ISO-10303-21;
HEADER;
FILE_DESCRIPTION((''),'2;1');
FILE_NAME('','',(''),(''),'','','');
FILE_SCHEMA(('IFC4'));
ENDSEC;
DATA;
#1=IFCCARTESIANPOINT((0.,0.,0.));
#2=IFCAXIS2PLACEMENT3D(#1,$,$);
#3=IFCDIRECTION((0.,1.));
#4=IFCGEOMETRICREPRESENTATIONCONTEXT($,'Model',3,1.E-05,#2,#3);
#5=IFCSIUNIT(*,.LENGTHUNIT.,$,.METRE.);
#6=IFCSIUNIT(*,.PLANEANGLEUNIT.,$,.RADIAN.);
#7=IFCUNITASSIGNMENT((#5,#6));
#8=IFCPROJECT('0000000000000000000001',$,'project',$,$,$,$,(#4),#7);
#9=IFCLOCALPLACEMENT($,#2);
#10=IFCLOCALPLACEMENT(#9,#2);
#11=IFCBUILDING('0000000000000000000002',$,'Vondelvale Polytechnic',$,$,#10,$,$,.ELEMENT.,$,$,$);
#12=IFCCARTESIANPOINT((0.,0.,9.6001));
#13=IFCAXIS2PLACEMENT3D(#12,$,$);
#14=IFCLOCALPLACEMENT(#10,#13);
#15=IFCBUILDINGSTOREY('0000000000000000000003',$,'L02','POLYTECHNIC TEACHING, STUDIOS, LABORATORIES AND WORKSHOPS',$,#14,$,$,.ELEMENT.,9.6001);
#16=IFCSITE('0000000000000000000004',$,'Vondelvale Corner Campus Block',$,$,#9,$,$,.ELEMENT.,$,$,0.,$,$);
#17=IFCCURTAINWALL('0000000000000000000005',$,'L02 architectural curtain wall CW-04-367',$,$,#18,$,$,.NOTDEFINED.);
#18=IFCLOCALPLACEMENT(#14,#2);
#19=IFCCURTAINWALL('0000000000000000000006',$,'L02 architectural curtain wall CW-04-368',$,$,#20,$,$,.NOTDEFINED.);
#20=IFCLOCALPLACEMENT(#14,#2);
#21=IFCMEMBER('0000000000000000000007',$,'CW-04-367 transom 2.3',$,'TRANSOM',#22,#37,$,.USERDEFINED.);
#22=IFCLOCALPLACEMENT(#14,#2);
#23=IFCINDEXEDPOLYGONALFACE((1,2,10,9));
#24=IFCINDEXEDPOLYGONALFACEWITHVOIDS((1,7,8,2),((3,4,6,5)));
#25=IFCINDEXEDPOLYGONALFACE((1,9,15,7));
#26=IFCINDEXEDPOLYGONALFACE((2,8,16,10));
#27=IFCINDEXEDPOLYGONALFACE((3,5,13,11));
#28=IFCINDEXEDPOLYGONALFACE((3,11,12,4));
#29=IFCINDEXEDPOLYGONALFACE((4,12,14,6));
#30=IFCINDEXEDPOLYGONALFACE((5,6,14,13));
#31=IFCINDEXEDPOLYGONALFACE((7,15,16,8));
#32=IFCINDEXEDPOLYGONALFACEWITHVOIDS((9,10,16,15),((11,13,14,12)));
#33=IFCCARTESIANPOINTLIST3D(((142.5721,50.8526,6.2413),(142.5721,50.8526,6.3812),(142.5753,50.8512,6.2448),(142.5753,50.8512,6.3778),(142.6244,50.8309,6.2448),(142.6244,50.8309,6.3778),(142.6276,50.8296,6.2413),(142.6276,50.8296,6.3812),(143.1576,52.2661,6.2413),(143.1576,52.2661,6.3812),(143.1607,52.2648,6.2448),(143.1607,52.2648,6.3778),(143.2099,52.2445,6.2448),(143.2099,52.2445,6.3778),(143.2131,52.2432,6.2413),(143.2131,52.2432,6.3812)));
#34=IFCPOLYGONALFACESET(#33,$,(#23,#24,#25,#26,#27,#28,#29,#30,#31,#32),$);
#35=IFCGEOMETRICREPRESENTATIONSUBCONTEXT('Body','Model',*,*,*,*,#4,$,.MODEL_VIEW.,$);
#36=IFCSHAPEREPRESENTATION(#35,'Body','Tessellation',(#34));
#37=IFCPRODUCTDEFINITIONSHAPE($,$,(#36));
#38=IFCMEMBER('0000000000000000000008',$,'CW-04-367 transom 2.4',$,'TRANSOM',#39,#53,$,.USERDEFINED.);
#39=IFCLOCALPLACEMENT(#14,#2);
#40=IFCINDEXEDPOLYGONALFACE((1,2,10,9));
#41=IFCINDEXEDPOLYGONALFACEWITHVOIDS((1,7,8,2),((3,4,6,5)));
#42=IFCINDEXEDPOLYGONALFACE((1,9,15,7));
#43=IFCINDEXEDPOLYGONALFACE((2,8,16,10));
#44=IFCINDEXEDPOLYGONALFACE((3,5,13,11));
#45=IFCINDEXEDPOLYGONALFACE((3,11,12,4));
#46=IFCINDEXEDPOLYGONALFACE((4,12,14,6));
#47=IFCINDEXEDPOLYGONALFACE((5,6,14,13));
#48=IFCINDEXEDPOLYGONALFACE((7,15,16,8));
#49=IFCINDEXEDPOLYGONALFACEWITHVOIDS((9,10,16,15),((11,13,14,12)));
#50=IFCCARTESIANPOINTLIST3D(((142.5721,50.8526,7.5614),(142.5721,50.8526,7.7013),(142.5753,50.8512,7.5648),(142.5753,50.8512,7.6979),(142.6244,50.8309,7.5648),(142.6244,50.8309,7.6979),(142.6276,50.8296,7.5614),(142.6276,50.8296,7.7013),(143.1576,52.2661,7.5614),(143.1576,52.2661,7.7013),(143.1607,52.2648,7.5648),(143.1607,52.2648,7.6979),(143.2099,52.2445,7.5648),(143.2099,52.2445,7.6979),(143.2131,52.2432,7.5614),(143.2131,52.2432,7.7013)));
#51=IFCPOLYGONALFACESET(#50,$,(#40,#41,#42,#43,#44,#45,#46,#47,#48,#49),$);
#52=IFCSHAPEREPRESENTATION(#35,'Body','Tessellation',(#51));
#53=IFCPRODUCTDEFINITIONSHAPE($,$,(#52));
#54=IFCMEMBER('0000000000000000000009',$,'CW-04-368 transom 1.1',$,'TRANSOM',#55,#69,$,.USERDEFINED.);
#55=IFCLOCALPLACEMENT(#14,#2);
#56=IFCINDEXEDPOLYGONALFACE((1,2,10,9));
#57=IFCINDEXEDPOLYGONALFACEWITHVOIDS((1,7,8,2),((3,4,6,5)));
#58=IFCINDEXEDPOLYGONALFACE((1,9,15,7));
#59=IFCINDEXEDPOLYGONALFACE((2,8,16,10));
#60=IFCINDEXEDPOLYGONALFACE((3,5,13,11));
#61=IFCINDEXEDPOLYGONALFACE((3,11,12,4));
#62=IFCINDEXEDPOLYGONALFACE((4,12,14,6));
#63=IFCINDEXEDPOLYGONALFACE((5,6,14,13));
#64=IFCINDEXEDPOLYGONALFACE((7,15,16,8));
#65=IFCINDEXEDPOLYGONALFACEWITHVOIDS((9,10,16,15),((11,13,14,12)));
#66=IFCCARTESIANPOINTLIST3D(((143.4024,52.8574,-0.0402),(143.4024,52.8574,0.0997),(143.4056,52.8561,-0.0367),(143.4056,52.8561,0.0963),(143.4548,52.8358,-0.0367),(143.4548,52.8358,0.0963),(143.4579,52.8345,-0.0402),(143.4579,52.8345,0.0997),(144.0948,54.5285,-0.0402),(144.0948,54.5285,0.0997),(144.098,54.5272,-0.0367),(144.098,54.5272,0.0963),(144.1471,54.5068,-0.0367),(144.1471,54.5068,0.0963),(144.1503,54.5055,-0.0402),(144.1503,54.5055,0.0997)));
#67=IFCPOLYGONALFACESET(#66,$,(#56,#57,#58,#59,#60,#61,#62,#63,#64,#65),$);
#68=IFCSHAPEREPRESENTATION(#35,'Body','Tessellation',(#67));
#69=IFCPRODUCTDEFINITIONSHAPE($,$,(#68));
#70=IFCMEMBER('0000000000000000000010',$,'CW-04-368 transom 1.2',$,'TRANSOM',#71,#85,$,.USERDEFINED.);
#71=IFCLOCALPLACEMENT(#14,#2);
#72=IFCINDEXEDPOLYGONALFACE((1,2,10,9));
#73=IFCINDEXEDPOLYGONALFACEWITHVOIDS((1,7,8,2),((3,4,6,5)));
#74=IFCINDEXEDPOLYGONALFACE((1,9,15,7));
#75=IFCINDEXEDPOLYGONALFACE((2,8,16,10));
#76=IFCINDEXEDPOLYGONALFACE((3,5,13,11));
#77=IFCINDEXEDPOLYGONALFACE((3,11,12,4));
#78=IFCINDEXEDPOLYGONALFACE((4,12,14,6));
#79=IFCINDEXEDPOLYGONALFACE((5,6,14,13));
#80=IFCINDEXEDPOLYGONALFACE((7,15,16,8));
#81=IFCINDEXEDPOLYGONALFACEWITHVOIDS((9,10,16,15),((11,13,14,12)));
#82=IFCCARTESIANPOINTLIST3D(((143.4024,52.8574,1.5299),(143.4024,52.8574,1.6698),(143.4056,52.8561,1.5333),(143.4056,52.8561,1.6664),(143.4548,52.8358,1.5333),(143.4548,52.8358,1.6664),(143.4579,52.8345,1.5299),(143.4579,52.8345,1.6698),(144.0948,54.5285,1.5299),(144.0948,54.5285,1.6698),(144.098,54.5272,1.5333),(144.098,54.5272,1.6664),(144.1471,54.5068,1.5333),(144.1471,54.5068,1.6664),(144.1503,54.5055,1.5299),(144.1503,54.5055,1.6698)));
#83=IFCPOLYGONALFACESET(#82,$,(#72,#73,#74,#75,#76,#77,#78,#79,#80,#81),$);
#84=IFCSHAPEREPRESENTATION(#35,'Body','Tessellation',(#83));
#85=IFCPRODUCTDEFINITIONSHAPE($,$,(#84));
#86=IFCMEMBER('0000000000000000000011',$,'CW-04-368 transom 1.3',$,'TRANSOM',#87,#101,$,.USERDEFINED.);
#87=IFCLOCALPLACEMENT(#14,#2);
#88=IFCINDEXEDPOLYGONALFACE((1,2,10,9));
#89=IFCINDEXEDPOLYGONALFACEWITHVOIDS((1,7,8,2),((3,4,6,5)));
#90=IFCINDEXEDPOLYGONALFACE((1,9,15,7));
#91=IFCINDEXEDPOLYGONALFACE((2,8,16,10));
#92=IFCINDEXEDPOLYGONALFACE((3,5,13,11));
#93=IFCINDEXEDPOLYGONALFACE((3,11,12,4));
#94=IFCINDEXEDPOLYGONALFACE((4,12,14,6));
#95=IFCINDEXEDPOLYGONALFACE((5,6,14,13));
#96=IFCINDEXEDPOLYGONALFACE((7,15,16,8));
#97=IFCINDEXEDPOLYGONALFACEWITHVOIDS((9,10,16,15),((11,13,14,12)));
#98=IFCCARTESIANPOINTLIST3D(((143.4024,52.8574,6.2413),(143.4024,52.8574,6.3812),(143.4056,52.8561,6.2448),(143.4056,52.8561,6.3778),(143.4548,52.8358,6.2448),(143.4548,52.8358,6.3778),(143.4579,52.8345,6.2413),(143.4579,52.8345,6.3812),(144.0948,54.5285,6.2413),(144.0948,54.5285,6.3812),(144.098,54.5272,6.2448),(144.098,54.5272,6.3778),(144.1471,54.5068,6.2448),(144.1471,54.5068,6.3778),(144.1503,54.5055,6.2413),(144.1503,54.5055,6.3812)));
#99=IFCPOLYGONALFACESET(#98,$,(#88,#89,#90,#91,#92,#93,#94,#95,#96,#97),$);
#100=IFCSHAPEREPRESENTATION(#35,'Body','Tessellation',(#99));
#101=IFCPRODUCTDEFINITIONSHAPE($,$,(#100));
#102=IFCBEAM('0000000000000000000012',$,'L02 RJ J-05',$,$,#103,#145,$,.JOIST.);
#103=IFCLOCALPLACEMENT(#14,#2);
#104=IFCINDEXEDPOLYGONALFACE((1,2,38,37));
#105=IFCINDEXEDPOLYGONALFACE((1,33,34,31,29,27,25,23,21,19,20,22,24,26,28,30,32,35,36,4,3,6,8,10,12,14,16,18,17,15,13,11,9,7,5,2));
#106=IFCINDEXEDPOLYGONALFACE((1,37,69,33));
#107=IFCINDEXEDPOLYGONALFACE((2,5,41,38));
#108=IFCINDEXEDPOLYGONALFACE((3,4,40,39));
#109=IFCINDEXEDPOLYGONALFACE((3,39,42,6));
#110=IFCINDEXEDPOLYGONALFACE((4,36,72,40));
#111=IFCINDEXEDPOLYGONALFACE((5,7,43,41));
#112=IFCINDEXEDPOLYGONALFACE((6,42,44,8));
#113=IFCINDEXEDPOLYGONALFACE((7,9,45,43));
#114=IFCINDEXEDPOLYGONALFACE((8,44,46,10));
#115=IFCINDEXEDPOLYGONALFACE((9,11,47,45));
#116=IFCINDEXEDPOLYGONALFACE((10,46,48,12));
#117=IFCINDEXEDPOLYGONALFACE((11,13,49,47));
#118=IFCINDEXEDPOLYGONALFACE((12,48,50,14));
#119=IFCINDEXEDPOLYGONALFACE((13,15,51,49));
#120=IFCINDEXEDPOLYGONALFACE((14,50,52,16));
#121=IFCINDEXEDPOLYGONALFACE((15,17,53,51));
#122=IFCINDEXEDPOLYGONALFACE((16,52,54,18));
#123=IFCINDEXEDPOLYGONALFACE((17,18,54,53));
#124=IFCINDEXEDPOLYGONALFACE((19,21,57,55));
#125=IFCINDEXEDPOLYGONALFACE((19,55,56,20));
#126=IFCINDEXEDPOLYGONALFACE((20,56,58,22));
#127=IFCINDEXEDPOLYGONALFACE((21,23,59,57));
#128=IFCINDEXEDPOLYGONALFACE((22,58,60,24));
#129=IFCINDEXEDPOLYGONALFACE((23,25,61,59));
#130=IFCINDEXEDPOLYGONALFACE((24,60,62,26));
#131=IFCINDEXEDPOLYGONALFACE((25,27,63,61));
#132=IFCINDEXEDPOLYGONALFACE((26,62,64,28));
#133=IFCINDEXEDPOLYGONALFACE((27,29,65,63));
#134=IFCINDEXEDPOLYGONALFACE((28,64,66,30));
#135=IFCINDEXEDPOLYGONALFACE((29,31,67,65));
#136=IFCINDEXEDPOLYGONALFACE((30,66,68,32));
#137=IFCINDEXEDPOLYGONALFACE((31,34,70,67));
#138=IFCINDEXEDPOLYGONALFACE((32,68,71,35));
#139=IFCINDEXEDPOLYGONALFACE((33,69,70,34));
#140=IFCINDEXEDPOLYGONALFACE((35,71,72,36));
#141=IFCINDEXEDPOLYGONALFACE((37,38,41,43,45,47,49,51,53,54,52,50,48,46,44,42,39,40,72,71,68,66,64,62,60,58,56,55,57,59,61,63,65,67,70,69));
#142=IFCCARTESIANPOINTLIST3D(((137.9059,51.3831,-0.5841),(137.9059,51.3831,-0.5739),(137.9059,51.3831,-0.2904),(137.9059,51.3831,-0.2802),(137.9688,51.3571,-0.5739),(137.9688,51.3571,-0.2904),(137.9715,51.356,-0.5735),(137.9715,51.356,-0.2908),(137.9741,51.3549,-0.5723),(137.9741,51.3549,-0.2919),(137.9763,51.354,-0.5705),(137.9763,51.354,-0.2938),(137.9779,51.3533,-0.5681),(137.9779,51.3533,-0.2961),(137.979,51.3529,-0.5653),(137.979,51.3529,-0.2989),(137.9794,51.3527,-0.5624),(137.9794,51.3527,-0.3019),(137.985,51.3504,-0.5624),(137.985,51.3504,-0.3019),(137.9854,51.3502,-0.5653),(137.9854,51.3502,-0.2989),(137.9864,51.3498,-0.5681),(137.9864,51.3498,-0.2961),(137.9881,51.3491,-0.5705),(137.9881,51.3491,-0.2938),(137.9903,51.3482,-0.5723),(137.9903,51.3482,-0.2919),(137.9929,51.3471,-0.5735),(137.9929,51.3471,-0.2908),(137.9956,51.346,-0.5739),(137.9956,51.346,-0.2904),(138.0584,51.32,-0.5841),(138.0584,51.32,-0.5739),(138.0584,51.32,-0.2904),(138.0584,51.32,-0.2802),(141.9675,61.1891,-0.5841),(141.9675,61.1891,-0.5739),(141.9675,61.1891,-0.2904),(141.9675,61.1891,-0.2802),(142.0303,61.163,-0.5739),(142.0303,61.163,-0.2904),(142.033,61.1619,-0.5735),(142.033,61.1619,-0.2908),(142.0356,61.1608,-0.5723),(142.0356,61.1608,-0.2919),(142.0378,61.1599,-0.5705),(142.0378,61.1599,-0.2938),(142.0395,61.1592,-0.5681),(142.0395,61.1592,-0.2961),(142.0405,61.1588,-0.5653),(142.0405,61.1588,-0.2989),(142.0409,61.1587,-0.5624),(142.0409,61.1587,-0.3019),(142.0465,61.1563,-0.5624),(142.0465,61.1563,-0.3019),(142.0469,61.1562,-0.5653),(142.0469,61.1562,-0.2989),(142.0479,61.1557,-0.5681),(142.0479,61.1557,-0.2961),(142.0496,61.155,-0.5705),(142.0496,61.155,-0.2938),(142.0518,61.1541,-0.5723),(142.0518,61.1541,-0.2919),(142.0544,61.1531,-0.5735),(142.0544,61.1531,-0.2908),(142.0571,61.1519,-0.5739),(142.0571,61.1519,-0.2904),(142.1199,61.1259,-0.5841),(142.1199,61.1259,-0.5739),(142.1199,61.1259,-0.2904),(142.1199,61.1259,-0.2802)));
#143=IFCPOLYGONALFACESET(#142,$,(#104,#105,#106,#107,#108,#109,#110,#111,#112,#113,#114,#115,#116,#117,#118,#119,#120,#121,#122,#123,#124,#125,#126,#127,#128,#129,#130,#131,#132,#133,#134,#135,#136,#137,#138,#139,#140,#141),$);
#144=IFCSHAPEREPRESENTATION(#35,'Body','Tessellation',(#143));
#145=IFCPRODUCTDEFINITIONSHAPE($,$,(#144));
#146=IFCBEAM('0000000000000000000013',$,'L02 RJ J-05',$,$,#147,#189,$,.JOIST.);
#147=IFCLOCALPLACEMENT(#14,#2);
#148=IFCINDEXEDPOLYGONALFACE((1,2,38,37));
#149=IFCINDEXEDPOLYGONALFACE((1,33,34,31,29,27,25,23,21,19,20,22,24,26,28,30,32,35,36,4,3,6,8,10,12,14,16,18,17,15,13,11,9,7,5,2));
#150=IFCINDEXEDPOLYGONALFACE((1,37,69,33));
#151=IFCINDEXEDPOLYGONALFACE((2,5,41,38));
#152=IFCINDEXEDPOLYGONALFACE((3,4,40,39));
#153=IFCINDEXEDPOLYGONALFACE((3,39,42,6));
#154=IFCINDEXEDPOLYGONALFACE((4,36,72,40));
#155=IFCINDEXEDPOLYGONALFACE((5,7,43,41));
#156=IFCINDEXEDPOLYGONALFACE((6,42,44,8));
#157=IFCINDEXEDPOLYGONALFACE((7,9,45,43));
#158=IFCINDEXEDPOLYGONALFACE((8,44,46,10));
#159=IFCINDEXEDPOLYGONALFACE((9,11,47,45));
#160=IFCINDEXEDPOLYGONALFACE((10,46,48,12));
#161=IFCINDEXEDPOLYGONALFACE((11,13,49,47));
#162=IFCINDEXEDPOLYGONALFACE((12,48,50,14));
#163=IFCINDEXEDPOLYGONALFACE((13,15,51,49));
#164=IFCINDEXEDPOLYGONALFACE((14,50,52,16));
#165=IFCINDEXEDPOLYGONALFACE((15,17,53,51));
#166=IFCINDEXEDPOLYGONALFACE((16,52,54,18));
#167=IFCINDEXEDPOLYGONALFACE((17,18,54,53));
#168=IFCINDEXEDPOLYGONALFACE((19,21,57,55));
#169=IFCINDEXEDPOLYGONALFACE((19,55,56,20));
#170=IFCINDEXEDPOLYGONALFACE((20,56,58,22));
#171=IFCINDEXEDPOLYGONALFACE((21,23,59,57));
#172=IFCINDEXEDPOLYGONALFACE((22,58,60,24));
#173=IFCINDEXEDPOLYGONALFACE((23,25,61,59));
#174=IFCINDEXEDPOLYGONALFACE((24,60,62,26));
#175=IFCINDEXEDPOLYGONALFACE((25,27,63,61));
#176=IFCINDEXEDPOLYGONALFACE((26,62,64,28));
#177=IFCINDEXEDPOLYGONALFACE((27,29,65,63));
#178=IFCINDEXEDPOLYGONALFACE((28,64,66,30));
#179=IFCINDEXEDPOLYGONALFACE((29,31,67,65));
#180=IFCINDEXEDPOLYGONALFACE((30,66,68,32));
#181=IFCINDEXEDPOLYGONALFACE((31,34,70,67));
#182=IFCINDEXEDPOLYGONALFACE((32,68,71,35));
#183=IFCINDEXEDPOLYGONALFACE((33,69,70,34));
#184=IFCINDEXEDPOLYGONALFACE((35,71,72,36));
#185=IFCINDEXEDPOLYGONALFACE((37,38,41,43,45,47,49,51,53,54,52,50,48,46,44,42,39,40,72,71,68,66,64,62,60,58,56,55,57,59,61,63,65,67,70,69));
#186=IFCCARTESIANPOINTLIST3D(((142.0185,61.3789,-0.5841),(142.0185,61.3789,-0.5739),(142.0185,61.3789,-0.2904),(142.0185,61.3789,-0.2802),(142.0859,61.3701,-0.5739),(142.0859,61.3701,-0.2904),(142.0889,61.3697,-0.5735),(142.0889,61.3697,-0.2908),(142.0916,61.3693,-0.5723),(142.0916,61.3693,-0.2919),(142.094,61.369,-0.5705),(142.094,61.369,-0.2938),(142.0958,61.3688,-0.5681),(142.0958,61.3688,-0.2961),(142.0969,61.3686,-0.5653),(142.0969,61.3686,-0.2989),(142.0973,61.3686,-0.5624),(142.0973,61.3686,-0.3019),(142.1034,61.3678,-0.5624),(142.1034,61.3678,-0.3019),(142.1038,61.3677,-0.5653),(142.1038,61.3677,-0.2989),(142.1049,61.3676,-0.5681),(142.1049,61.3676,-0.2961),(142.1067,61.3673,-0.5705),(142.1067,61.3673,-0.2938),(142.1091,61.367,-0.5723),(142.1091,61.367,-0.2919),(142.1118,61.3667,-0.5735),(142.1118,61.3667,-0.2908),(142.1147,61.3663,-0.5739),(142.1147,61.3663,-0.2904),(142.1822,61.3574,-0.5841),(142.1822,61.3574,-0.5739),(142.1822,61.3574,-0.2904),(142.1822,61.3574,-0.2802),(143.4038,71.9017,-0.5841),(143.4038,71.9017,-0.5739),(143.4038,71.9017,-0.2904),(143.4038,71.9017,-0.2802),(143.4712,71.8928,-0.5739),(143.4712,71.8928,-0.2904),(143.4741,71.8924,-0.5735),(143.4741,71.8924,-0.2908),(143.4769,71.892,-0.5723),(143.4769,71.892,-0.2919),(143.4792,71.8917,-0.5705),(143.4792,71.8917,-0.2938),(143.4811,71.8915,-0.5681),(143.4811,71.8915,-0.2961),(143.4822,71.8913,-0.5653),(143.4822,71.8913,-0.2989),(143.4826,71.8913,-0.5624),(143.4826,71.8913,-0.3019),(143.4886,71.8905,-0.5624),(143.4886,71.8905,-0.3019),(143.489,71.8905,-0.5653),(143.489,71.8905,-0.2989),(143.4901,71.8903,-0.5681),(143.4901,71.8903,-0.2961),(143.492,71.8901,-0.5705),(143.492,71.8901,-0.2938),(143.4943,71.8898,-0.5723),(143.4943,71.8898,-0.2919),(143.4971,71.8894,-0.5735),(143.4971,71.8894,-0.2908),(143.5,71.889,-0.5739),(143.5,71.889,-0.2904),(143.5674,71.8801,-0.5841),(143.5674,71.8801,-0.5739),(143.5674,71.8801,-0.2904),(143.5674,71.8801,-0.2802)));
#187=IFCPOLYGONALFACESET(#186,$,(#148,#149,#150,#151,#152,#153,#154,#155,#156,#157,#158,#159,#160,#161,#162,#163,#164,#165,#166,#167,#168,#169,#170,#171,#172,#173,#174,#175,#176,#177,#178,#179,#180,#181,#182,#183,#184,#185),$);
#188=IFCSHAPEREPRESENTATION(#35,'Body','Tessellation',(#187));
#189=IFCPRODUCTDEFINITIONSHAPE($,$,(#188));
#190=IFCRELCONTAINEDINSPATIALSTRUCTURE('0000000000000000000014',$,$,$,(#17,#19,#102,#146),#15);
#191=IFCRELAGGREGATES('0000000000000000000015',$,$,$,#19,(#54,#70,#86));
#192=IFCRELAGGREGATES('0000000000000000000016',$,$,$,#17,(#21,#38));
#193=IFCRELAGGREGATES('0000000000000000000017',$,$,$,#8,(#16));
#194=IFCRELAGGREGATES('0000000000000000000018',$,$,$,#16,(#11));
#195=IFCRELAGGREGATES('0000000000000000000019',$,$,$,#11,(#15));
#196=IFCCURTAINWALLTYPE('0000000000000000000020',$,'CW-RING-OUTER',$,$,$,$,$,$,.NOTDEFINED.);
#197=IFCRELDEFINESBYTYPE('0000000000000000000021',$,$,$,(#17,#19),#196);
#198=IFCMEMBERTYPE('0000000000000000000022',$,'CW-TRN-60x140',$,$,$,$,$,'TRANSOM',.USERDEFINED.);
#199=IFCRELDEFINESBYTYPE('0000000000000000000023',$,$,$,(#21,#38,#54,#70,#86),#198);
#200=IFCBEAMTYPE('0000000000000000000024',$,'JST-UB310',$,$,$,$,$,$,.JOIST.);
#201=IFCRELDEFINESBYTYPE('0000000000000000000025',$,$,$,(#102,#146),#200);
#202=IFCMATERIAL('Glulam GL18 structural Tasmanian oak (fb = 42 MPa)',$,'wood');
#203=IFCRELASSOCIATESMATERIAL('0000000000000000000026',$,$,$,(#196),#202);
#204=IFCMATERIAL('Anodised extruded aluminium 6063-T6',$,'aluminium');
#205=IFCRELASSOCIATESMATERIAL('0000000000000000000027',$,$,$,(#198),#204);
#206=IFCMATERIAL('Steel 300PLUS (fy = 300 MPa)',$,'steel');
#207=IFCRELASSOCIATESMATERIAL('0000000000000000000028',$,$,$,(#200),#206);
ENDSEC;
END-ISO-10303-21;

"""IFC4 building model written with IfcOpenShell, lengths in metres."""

from ifc_helpers import new_model, si_unit, direction, frame, origin, origin_2d, place, context, subcontext, project, spatial, hollow_rectangle, i_section, extrude, material, material_profile, profile_set, type_object, element, aggregate, save


model = new_model("IFC4")

# Units and contexts
model_context = context("Model", 3, precision=1e-05, world=origin(), true_north=direction((0.0, 1.0)))
body_context = subcontext(model_context, "Body", "Model", "MODEL_VIEW")
ifc_project = project(units=[si_unit("LENGTHUNIT", "METRE"), si_unit("PLANEANGLEUNIT", "RADIAN")], contexts=[model_context])

# Site, building, storey
site_placement = place(None, origin())
site = spatial("IfcSite", under=ifc_project, at=site_placement, Name="Vondelvale Corner Campus Block", CompositionType="ELEMENT", RefElevation=0.0)
building_placement = place(site_placement, origin())
building = spatial("IfcBuilding", under=site, at=building_placement, Name="Vondelvale Polytechnic", CompositionType="ELEMENT")
storey_placement = place(building_placement, frame((0.0, 0.0, 9.6001)))
storey = spatial("IfcBuildingStorey", under=building, at=storey_placement, Name="L02", Description="POLYTECHNIC TEACHING, STUDIOS, LABORATORIES AND WORKSHOPS", CompositionType="ELEMENT", Elevation=9.6001)

# Shared definitions
ifc_material_1 = material(Name="Glulam GL18 structural Tasmanian oak (fb = 42 MPa)", Category="wood")

# Curtain wall
curtain_wall_type = type_object("IfcCurtainWallType", Name="CW-RING-OUTER", PredefinedType="NOTDEFINED", material=ifc_material_1)
curtain_wall_1_placement = place(storey_placement, origin())
curtain_wall_1 = element("IfcCurtainWall", 1, at=curtain_wall_1_placement, inside=storey, type_object=curtain_wall_type, Name="L02 architectural curtain wall CW-04-367", PredefinedType="NOTDEFINED")
ifc_material_2 = material(Name="Anodised extruded aluminium 6063-T6", Category="aluminium")

# Curtain wall
curtain_wall_2_placement = place(storey_placement, origin())
curtain_wall_2 = element("IfcCurtainWall", 2, at=curtain_wall_2_placement, inside=storey, type_object=curtain_wall_type, Name="L02 architectural curtain wall CW-04-368", PredefinedType="NOTDEFINED")

# Members
ifc_material_profile_1 = material_profile(ifc_material_2, hollow_rectangle(XDim=0.0601, YDim=0.1399, WallThickness=0.0034, at=origin_2d()), Name="CW-TRN-140x60")
ifc_profile_set_1 = profile_set([ifc_material_profile_1], Name="Anodised extruded aluminium 6063-T6")
member_type_1 = type_object("IfcMemberType", Name="CW-TRN-60x140", ElementType="TRANSOM", PredefinedType="USERDEFINED", material=ifc_profile_set_1)
member_1_placement = place(storey_placement, frame((142.5999, 50.8411, 6.3113), z_axis=(0.382643, 0.923896, 0.0), x_axis=(-0.923896, 0.382643, 0.0)))
member_1 = element("IfcMember", 3, at=member_1_placement, type_object=member_type_1, Name="CW-04-367 transom 2.3", ObjectType="TRANSOM", PredefinedType="USERDEFINED", context=body_context, shape_type="SweptSolid", body=[
    extrude(hollow_rectangle(XDim=0.0601, YDim=0.1399, WallThickness=0.0034, at=origin_2d()), origin(), (0.0, 0.0, 1.0), 1.53),
])
member_2_placement = place(storey_placement, frame((142.5999, 50.8411, 7.6313), z_axis=(0.382643, 0.923896, 0.0), x_axis=(-0.923896, 0.382643, 0.0)))
member_2 = element("IfcMember", 4, at=member_2_placement, type_object=member_type_1, Name="CW-04-367 transom 2.4", ObjectType="TRANSOM", PredefinedType="USERDEFINED", context=body_context, shape_type="SweptSolid", body=[
    extrude(hollow_rectangle(XDim=0.0601, YDim=0.1399, WallThickness=0.0034, at=origin_2d()), origin(), (0.0, 0.0, 1.0), 1.53),
])
member_3_placement = place(storey_placement, frame((143.4302, 52.8459, 0.0298), z_axis=(0.382765, 0.923846, 0.0), x_axis=(-0.923846, 0.382765, 0.0)))
member_3 = element("IfcMember", 5, at=member_3_placement, type_object=member_type_1, Name="CW-04-368 transom 1.1", ObjectType="TRANSOM", PredefinedType="USERDEFINED", context=body_context, shape_type="SweptSolid", body=[
    extrude(hollow_rectangle(XDim=0.0601, YDim=0.1399, WallThickness=0.0034, at=origin_2d()), origin(), (0.0, 0.0, 1.0), 1.8088),
])
member_4_placement = place(storey_placement, frame((143.4302, 52.8459, 1.5999), z_axis=(0.382765, 0.923846, 0.0), x_axis=(-0.923846, 0.382765, 0.0)))
member_4 = element("IfcMember", 6, at=member_4_placement, type_object=member_type_1, Name="CW-04-368 transom 1.2", ObjectType="TRANSOM", PredefinedType="USERDEFINED", context=body_context, shape_type="SweptSolid", body=[
    extrude(hollow_rectangle(XDim=0.0601, YDim=0.1399, WallThickness=0.0034, at=origin_2d()), origin(), (0.0, 0.0, 1.0), 1.8088),
])
member_5_placement = place(storey_placement, frame((143.4302, 52.8459, 6.3113), z_axis=(0.382765, 0.923846, 0.0), x_axis=(-0.923846, 0.382765, 0.0)))
member_5 = element("IfcMember", 7, at=member_5_placement, type_object=member_type_1, Name="CW-04-368 transom 1.3", ObjectType="TRANSOM", PredefinedType="USERDEFINED", context=body_context, shape_type="SweptSolid", body=[
    extrude(hollow_rectangle(XDim=0.0601, YDim=0.1399, WallThickness=0.0034, at=origin_2d()), origin(), (0.0, 0.0, 1.0), 1.8088),
])
aggregate(curtain_wall_2, [member_3, member_4, member_5])

# Beams
ifc_material_3 = material(Name="Steel 300PLUS (fy = 300 MPa)", Category="steel")
ifc_material_profile_2 = material_profile(ifc_material_3, i_section(OverallWidth=0.165, OverallDepth=0.304, WebThickness=0.0061, FlangeThickness=0.0103, FilletRadius=0.0115, at=origin_2d()), Name="310UB40.4")
ifc_profile_set_2 = profile_set([ifc_material_profile_2], Name="Steel 300PLUS (fy = 300 MPa)")
beam_type = type_object("IfcBeamType", Name="JST-UB310", PredefinedType="JOIST", material=ifc_profile_set_2)
beam_1_placement = place(storey_placement, frame((137.9822, 51.3516, -0.4321), z_axis=(0.382666, 0.923887, 0.0), x_axis=(-0.923887, 0.382666, 0.0)))
element("IfcBeam", 8, at=beam_1_placement, inside=storey, type_object=beam_type, Name="L02 RJ J-05", PredefinedType="JOIST", context=body_context, shape_type="SweptSolid", body=[
    extrude(i_section(OverallWidth=0.165, OverallDepth=0.304, WebThickness=0.0061, FlangeThickness=0.0103, FilletRadius=0.0115, at=origin_2d()), origin(), (0.0, 0.0, 1.0), 10.6138),
])
beam_2_placement = place(storey_placement, frame((142.1003, 61.3682, -0.4321), z_axis=(0.130518, 0.991446, 0.0), x_axis=(-0.991446, 0.130518, 0.0)))
element("IfcBeam", 9, at=beam_2_placement, inside=storey, type_object=beam_type, Name="L02 RJ J-05", PredefinedType="JOIST", context=body_context, shape_type="SweptSolid", body=[
    extrude(i_section(OverallWidth=0.165, OverallDepth=0.304, WebThickness=0.0061, FlangeThickness=0.0103, FilletRadius=0.0115, at=origin_2d()), origin(), (0.0, 0.0, 1.0), 10.6135),
])

aggregate(curtain_wall_1, [member_1, member_2])

save(model, "model.ifc")
